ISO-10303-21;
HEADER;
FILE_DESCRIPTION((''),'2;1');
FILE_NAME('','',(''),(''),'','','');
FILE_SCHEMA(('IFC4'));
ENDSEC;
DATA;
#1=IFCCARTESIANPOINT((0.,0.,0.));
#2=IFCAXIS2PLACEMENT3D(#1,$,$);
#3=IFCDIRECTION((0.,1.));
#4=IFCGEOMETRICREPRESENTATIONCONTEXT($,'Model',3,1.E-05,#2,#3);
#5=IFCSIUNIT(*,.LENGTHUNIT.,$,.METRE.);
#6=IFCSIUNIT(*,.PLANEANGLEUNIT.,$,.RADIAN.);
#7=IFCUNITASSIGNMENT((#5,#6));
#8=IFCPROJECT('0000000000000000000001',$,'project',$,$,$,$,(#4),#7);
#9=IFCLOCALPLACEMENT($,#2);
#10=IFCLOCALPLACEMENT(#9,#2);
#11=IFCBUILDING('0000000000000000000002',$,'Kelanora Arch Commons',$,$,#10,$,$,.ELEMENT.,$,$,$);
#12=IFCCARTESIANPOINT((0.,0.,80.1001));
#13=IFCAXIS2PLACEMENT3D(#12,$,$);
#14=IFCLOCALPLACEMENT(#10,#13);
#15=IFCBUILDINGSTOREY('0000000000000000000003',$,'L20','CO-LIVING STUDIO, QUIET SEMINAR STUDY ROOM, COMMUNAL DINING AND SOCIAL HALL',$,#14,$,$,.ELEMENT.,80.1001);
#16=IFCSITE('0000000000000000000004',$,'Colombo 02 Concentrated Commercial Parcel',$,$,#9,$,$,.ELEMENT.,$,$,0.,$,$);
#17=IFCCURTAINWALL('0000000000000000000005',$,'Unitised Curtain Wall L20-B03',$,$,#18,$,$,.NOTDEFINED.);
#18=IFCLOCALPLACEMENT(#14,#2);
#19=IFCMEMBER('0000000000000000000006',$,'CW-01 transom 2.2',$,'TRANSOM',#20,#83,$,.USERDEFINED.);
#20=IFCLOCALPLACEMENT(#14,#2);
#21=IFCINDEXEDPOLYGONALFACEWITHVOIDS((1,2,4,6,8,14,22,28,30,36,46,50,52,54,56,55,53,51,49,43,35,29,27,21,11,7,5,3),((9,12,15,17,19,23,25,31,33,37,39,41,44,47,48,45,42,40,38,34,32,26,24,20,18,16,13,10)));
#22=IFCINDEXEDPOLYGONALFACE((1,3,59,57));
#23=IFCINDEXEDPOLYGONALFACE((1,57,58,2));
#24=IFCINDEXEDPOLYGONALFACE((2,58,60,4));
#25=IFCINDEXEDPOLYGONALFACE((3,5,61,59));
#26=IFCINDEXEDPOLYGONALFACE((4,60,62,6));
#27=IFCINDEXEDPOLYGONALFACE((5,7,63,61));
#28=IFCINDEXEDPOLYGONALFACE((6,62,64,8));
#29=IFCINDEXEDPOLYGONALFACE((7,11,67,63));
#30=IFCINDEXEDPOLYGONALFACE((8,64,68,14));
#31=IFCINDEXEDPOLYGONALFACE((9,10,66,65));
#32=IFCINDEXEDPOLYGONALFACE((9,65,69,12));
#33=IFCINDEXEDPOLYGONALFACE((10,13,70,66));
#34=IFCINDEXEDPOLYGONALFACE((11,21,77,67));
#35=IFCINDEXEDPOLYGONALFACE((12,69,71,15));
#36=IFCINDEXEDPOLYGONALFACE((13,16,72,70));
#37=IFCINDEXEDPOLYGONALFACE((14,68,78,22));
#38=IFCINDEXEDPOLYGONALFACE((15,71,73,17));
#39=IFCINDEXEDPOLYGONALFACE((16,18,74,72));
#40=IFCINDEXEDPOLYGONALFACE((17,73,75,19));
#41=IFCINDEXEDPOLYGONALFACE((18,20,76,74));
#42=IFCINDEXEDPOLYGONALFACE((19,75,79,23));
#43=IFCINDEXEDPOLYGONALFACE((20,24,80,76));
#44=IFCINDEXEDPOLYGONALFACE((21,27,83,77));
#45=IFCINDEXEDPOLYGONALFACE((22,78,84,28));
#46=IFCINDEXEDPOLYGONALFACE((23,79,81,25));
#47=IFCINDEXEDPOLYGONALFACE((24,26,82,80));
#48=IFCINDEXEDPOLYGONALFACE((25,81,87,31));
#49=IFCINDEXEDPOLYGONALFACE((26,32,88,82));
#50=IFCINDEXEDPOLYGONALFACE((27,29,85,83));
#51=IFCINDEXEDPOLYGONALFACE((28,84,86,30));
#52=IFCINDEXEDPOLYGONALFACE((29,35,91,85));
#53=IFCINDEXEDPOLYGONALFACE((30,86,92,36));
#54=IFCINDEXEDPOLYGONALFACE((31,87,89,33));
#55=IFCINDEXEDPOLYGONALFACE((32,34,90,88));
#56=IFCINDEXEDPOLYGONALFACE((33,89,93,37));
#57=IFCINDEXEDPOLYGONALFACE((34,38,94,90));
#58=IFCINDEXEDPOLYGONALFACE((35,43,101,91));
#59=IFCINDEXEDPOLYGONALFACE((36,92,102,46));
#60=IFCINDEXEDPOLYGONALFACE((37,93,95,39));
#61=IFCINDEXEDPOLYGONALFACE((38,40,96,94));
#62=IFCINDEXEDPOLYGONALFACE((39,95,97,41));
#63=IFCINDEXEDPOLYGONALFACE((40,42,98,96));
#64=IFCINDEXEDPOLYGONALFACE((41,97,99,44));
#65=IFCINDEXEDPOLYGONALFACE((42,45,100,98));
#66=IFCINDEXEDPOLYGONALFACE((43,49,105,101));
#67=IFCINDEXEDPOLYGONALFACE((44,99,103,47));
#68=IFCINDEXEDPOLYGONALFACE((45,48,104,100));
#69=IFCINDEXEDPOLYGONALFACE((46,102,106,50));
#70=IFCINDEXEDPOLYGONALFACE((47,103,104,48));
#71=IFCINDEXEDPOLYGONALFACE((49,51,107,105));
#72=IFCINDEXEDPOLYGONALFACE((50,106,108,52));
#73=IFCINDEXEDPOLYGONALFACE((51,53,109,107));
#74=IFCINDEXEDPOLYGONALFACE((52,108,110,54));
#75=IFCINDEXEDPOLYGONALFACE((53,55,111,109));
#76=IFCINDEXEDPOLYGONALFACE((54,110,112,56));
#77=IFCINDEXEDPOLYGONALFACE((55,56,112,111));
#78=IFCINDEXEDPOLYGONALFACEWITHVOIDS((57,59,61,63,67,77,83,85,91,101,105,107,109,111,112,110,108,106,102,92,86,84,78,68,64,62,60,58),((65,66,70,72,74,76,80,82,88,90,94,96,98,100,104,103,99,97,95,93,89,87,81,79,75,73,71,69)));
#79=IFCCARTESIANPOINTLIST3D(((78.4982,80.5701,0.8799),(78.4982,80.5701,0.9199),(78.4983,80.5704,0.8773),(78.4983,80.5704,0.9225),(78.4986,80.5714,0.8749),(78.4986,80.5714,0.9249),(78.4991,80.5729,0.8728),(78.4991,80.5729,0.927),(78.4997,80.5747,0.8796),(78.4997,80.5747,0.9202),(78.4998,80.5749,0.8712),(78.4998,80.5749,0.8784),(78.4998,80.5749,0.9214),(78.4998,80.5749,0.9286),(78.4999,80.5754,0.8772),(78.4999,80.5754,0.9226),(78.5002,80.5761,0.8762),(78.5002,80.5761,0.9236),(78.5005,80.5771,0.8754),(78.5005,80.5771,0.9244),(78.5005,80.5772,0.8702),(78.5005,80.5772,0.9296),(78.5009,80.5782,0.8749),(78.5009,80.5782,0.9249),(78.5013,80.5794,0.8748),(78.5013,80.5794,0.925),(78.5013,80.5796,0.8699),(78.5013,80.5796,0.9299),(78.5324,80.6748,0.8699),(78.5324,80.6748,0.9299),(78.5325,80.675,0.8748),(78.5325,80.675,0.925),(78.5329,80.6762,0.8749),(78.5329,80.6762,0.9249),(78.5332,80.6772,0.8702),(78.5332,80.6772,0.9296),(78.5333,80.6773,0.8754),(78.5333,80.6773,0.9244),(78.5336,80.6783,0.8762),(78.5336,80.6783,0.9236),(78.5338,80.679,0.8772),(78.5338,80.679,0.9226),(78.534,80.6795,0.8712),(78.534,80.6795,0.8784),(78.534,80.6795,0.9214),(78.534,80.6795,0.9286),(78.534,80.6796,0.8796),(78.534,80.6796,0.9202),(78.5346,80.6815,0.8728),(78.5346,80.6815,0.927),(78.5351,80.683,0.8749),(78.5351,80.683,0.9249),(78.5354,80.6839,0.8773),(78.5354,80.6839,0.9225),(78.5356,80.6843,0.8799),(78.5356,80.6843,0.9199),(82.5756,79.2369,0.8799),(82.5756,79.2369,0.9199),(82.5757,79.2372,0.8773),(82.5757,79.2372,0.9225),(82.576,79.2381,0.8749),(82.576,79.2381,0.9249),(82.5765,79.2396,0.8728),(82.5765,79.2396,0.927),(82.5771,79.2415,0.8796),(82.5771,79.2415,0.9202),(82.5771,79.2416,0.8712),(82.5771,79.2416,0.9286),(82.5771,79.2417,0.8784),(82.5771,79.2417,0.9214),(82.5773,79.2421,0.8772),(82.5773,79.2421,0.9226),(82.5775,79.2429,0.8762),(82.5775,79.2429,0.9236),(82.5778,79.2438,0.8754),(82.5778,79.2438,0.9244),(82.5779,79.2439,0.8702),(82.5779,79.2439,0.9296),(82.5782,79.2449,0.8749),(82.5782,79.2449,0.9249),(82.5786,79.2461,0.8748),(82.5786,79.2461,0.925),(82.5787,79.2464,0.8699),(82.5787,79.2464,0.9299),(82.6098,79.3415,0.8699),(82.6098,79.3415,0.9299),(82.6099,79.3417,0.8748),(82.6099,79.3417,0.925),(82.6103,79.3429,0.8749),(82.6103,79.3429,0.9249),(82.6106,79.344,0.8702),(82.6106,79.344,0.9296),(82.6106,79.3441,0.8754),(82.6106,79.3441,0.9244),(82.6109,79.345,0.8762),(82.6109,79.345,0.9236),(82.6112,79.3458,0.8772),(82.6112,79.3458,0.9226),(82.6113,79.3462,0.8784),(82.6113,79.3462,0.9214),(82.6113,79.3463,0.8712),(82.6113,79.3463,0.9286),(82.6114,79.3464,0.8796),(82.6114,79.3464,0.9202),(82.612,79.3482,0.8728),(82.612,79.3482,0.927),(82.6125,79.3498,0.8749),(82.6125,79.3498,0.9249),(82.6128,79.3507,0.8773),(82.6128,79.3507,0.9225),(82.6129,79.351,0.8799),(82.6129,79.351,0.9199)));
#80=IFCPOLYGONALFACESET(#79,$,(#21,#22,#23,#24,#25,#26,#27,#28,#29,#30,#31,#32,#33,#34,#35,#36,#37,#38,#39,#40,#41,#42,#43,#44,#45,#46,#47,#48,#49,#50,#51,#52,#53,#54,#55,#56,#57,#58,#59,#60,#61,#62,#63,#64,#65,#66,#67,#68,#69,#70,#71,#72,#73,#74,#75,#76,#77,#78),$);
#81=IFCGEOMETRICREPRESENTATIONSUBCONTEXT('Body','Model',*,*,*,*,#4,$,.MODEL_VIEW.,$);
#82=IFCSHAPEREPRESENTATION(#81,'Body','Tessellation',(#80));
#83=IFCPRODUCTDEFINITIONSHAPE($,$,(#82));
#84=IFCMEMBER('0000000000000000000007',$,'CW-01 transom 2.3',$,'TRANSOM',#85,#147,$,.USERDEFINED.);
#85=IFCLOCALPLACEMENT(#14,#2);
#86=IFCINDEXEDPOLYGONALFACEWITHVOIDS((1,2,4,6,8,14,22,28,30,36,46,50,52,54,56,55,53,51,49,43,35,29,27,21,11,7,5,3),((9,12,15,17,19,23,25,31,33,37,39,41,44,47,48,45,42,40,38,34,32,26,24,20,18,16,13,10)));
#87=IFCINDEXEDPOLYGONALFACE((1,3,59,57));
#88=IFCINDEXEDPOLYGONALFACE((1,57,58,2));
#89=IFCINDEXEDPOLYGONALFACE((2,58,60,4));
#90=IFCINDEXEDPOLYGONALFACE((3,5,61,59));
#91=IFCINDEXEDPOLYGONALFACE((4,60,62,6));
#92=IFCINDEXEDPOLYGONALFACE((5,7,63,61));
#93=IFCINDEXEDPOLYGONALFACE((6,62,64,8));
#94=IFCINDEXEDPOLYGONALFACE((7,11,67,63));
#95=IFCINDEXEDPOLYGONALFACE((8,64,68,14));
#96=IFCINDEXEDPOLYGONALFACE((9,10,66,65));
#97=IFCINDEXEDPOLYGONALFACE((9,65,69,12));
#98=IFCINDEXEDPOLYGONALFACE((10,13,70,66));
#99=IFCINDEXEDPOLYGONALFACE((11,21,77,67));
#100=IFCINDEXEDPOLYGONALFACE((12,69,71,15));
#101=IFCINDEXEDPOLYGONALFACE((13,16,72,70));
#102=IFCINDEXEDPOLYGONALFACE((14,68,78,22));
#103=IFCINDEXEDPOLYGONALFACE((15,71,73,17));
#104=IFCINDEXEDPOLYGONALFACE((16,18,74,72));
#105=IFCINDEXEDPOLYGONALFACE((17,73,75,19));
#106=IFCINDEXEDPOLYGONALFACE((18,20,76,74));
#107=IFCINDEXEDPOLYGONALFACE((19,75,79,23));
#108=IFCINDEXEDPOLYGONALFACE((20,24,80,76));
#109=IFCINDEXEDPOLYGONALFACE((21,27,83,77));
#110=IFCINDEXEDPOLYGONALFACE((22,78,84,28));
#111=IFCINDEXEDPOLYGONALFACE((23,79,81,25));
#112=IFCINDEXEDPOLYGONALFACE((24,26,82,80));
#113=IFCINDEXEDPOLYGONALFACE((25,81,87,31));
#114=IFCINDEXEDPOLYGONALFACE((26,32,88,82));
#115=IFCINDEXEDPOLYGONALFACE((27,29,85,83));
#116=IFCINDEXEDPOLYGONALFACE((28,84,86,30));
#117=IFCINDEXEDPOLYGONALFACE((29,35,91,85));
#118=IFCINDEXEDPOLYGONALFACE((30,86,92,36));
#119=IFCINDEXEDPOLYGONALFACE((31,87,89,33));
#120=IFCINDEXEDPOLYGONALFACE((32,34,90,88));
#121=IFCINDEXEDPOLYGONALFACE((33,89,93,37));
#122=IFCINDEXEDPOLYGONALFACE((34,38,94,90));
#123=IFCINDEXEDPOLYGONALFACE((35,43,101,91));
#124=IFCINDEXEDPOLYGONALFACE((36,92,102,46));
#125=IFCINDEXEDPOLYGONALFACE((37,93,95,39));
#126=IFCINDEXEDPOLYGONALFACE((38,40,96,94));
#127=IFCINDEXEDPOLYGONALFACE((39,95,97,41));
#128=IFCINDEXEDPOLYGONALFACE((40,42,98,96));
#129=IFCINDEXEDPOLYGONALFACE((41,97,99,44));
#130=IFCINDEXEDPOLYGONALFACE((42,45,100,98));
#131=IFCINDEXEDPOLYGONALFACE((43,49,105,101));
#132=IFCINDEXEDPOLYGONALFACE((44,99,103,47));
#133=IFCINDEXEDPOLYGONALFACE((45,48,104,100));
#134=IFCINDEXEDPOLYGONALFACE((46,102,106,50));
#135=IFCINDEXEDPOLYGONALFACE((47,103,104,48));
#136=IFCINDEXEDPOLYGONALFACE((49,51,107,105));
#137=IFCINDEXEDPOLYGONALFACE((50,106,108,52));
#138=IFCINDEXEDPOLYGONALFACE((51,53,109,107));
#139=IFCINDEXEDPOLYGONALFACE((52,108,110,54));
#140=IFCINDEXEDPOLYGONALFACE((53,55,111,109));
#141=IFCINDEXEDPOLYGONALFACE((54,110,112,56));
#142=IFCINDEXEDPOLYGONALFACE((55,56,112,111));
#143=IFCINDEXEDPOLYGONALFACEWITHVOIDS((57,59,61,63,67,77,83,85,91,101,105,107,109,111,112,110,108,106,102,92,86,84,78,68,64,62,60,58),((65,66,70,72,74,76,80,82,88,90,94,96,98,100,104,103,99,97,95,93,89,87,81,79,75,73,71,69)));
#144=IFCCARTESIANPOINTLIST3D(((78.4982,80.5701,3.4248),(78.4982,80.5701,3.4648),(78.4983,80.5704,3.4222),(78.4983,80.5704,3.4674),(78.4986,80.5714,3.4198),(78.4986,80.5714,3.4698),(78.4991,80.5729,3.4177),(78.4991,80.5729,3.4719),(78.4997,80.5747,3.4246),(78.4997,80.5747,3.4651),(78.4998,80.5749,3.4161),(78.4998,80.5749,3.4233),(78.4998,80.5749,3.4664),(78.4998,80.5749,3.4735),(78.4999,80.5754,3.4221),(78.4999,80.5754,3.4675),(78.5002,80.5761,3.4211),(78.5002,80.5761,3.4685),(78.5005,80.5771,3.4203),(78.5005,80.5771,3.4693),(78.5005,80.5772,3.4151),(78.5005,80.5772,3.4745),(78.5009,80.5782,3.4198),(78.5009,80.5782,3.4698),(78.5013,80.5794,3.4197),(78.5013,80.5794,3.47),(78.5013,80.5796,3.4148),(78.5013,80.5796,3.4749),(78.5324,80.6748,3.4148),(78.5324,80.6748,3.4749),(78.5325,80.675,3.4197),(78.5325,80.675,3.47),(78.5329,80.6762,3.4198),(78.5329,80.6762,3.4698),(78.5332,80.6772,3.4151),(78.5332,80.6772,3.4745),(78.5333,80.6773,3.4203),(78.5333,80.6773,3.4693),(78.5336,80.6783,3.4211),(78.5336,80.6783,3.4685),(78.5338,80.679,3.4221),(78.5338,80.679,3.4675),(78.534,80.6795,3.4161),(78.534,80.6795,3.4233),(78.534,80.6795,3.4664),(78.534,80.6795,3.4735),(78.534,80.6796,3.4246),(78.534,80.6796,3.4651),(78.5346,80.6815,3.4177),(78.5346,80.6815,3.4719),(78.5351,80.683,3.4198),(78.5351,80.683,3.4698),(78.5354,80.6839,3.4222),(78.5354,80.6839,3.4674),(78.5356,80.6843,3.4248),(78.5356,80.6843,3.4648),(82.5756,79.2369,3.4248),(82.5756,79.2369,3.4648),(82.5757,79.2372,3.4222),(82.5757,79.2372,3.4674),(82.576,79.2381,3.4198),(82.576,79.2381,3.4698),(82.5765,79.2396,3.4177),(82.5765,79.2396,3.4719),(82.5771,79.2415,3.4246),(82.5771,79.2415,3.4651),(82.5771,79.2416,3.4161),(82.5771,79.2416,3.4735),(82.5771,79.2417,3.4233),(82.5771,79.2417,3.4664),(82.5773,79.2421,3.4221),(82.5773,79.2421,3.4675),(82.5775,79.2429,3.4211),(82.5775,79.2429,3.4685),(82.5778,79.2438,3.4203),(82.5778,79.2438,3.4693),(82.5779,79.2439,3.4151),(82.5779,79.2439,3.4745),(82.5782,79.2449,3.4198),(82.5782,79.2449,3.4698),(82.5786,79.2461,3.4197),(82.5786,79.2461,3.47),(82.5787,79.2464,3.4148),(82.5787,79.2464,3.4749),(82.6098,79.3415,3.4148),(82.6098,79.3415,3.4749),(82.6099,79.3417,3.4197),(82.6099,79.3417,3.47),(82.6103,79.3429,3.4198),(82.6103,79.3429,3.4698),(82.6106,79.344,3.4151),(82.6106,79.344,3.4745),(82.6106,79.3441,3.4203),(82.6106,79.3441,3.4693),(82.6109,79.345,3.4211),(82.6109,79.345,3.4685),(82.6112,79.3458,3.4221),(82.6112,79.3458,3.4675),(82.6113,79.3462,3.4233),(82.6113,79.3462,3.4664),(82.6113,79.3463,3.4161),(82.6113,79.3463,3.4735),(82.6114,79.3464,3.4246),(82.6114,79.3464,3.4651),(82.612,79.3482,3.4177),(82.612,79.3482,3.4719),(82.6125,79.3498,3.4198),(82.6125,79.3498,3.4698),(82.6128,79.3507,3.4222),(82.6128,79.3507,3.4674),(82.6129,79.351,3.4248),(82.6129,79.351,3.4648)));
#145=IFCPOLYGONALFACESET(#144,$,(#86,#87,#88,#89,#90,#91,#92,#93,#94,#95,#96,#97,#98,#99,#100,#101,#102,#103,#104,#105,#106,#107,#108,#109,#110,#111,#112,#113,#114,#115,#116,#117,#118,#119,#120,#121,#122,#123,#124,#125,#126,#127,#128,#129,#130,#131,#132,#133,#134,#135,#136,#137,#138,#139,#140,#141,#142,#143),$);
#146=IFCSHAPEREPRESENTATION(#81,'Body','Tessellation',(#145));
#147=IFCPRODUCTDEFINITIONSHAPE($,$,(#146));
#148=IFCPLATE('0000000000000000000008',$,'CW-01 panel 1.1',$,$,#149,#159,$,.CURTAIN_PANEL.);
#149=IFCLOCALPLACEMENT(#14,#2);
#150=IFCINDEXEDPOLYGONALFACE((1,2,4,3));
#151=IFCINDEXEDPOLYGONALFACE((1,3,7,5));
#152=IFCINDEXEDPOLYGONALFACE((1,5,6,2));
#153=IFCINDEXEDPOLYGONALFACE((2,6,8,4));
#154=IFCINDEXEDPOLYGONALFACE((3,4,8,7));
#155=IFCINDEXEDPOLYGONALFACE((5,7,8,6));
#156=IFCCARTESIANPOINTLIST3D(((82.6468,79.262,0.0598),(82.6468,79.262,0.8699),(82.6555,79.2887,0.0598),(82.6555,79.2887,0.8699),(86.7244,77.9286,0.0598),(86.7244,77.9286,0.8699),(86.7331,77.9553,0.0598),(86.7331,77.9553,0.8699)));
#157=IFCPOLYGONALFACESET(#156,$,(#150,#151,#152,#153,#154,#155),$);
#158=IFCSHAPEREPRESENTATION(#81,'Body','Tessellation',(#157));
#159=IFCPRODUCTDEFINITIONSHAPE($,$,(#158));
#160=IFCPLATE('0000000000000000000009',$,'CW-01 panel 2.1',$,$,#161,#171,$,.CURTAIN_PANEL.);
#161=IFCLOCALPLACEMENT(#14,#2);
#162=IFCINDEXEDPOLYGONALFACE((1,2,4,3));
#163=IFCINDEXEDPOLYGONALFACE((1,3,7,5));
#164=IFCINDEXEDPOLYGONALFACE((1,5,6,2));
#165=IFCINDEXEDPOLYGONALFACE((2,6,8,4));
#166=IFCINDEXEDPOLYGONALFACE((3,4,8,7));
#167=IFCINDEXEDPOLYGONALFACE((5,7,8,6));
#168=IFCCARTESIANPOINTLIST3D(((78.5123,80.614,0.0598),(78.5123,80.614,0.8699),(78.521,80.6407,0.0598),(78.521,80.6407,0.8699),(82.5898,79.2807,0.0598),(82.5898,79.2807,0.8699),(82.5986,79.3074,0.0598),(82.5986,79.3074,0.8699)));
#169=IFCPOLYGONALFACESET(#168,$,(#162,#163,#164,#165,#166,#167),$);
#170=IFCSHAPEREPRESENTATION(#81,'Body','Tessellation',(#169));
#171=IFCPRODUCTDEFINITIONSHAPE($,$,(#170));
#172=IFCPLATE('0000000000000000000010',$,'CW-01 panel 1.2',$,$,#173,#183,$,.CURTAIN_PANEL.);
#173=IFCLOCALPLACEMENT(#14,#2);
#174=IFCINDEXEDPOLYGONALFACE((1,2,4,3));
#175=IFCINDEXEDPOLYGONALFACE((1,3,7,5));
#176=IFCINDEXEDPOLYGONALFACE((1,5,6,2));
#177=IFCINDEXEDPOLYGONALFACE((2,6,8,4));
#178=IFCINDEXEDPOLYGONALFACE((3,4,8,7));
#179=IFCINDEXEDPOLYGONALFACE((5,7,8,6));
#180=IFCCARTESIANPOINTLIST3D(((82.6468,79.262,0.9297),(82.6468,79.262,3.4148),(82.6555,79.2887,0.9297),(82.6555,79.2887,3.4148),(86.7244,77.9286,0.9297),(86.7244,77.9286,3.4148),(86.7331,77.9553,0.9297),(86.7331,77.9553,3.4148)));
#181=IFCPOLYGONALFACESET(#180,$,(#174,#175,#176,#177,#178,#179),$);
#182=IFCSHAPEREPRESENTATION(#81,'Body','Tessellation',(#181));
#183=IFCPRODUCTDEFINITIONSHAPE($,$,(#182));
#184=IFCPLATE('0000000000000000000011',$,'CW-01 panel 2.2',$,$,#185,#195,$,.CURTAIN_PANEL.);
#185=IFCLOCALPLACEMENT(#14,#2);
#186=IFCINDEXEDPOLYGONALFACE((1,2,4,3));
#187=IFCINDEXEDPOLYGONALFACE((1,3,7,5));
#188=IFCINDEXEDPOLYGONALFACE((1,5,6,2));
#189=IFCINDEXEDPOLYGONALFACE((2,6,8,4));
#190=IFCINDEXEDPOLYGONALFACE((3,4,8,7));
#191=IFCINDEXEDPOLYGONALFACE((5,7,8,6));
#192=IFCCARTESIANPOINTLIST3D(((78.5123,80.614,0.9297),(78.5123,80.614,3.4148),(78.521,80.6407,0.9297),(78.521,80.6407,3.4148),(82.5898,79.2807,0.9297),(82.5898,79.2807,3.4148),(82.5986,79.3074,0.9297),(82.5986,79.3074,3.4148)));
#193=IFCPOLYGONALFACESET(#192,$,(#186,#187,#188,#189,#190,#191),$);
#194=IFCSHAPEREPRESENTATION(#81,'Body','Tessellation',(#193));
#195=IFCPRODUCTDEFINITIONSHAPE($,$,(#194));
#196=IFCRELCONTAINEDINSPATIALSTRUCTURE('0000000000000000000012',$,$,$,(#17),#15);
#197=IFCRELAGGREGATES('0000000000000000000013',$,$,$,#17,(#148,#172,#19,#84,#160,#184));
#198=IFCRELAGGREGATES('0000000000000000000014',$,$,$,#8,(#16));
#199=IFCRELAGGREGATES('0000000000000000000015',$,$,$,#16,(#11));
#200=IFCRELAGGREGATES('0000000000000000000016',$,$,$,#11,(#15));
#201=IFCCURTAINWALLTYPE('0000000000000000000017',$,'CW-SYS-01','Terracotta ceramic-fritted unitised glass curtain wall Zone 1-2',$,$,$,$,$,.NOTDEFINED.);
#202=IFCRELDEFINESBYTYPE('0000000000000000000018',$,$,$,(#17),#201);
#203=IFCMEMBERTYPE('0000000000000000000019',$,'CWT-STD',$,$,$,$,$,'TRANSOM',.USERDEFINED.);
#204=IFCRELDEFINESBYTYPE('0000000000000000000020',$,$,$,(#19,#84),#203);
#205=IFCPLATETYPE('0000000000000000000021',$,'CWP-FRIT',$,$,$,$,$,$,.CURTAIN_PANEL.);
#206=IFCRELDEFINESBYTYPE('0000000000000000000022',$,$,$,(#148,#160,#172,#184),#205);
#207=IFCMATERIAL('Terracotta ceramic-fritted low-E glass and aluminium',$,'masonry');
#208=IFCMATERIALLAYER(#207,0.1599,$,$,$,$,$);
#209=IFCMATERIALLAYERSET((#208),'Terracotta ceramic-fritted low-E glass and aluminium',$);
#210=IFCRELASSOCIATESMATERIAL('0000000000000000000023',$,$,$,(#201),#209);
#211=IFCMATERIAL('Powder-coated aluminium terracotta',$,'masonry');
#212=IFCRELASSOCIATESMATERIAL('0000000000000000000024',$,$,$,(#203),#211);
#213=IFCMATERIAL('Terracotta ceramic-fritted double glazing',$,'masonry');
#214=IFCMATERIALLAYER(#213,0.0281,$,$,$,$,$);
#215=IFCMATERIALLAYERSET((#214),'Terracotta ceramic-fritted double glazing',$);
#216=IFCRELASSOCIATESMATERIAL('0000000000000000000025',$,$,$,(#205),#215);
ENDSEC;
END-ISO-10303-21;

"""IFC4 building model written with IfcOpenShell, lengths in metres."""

from ifc_helpers import new_model, si_unit, direction, frame, origin, origin_2d, place, context, subcontext, project, spatial, rectangle, hollow_rectangle, extrude, source, transform, mapped, material, layer, layer_set, material_profile, profile_set, type_object, element, aggregate, save


model = new_model("IFC4")

# Units and contexts
model_context = context("Model", 3, precision=1e-05, world=origin(), true_north=direction((0.0, 1.0)))
body_context = subcontext(model_context, "Body", "Model", "MODEL_VIEW")
ifc_project = project(units=[si_unit("LENGTHUNIT", "METRE"), si_unit("PLANEANGLEUNIT", "RADIAN")], contexts=[model_context])

# Site, building, storey
site_placement = place(None, origin())
site = spatial("IfcSite", under=ifc_project, at=site_placement, Name="Colombo 02 Concentrated Commercial Parcel", CompositionType="ELEMENT", RefElevation=0.0)
building_placement = place(site_placement, origin())
building = spatial("IfcBuilding", under=site, at=building_placement, Name="Kelanora Arch Commons", CompositionType="ELEMENT")
storey_placement = place(building_placement, frame((0.0, 0.0, 80.1001)))
storey = spatial("IfcBuildingStorey", under=building, at=storey_placement, Name="L20", Description="CO-LIVING STUDIO, QUIET SEMINAR STUDY ROOM, COMMUNAL DINING AND SOCIAL HALL", CompositionType="ELEMENT", Elevation=80.1001)

# Curtain wall, members, plates
ifc_material_1 = material(Name="Terracotta ceramic-fritted low-E glass and aluminium", Category="masonry")
ifc_layer_1 = layer(ifc_material_1, 0.1599)
ifc_layer_set_1 = layer_set([ifc_layer_1], Name="Terracotta ceramic-fritted low-E glass and aluminium")
curtain_wall_type = type_object("IfcCurtainWallType", Name="CW-SYS-01", Description="Terracotta ceramic-fritted unitised glass curtain wall Zone 1-2", PredefinedType="NOTDEFINED", material=ifc_layer_set_1)
curtain_wall_placement = place(storey_placement, origin())
curtain_wall = element("IfcCurtainWall", 1, at=curtain_wall_placement, inside=storey, type_object=curtain_wall_type, Name="Unitised Curtain Wall L20-B03", PredefinedType="NOTDEFINED")
ifc_material_2 = material(Name="Powder-coated aluminium terracotta", Category="masonry")
ifc_material_profile_1 = material_profile(ifc_material_2, hollow_rectangle(XDim=0.1201, YDim=0.0601, WallThickness=0.0049, InnerFilletRadius=0.0049, OuterFilletRadius=0.01, at=origin_2d()), Name="CWT120x60")
ifc_profile_set_1 = profile_set([ifc_material_profile_1], Name="Powder-coated aluminium terracotta")
member_type_1 = type_object("IfcMemberType", Name="CWT-STD", ElementType="TRANSOM", PredefinedType="USERDEFINED", material=ifc_profile_set_1)
member_1_placement = place(storey_placement, frame((82.5942, 79.2939, 0.8999), z_axis=(-0.950478, 0.310793, 0.0), x_axis=(-0.310793, -0.950478, 0.0)))
member_1 = element("IfcMember", 2, at=member_1_placement, type_object=member_type_1, Name="CW-01 transom 2.2", ObjectType="TRANSOM", PredefinedType="USERDEFINED", context=body_context, shape_type="SweptSolid", body=[
    extrude(hollow_rectangle(XDim=0.1201, YDim=0.0601, WallThickness=0.0049, InnerFilletRadius=0.0049, OuterFilletRadius=0.01, at=origin_2d()), origin(), (0.0, 0.0, 1.0), 4.2898),
])
member_2_placement = place(storey_placement, frame((82.5942, 79.2939, 3.4448), z_axis=(-0.950478, 0.310793, 0.0), x_axis=(-0.310793, -0.950478, 0.0)))
member_2 = element("IfcMember", 3, at=member_2_placement, type_object=member_type_1, Name="CW-01 transom 2.3", ObjectType="TRANSOM", PredefinedType="USERDEFINED", context=body_context, shape_type="SweptSolid", body=[
    extrude(hollow_rectangle(XDim=0.1201, YDim=0.0601, WallThickness=0.0049, InnerFilletRadius=0.0049, OuterFilletRadius=0.01, at=origin_2d()), origin(), (0.0, 0.0, 1.0), 4.2898),
])
ifc_material_3 = material(Name="Terracotta ceramic-fritted double glazing", Category="masonry")
ifc_layer_2 = layer(ifc_material_3, 0.0281)
ifc_layer_set_2 = layer_set([ifc_layer_2], Name="Terracotta ceramic-fritted double glazing")
plate_type = type_object("IfcPlateType", Name="CWP-FRIT", PredefinedType="CURTAIN_PANEL", material=ifc_layer_set_2)
shared_shape_1 = source(origin(), body_context, "Body", "SweptSolid", [
    extrude(rectangle(XDim=4.29, YDim=0.0281, at=origin_2d()), origin(), (0.0, 0.0, 1.0), 0.8101),
])
plate_1_placement = place(storey_placement, frame((84.6899, 78.6086, 0.0598), z_axis=(0.0, 0.0, 1.0), x_axis=(-0.950474, 0.310805, 0.0)))
plate_1 = element("IfcPlate", 4, at=plate_1_placement, type_object=plate_type, Name="CW-01 panel 1.1", PredefinedType="CURTAIN_PANEL", context=body_context, shape_type="MappedRepresentation", body=[
    mapped(shared_shape_1, transform((0.0, 0.0, 0.0), scale=1.0)),
])
plate_2_placement = place(storey_placement, frame((80.5554, 79.9607, 0.0598), z_axis=(0.0, 0.0, 1.0), x_axis=(-0.950474, 0.310805, 0.0)))
plate_2 = element("IfcPlate", 5, at=plate_2_placement, type_object=plate_type, Name="CW-01 panel 2.1", PredefinedType="CURTAIN_PANEL", context=body_context, shape_type="MappedRepresentation", body=[
    mapped(shared_shape_1, transform((0.0, 0.0, 0.0), scale=1.0)),
])
shared_shape_2 = source(origin(), body_context, "Body", "SweptSolid", [
    extrude(rectangle(XDim=4.29, YDim=0.0281, at=origin_2d()), origin(), (0.0, 0.0, 1.0), 2.4851),
])
plate_3_placement = place(storey_placement, frame((84.6899, 78.6086, 0.9297), z_axis=(0.0, 0.0, 1.0), x_axis=(-0.950474, 0.310805, 0.0)))
plate_3 = element("IfcPlate", 6, at=plate_3_placement, type_object=plate_type, Name="CW-01 panel 1.2", PredefinedType="CURTAIN_PANEL", context=body_context, shape_type="MappedRepresentation", body=[
    mapped(shared_shape_2, transform((0.0, 0.0, 0.0), scale=1.0)),
])
plate_4_placement = place(storey_placement, frame((80.5554, 79.9607, 0.9297), z_axis=(0.0, 0.0, 1.0), x_axis=(-0.950474, 0.310805, 0.0)))
plate_4 = element("IfcPlate", 7, at=plate_4_placement, type_object=plate_type, Name="CW-01 panel 2.2", PredefinedType="CURTAIN_PANEL", context=body_context, shape_type="MappedRepresentation", body=[
    mapped(shared_shape_2, transform((0.0, 0.0, 0.0), scale=1.0)),
])
aggregate(curtain_wall, [plate_1, plate_3, member_1, member_2, plate_2, plate_4])

save(model, "model.ifc")
